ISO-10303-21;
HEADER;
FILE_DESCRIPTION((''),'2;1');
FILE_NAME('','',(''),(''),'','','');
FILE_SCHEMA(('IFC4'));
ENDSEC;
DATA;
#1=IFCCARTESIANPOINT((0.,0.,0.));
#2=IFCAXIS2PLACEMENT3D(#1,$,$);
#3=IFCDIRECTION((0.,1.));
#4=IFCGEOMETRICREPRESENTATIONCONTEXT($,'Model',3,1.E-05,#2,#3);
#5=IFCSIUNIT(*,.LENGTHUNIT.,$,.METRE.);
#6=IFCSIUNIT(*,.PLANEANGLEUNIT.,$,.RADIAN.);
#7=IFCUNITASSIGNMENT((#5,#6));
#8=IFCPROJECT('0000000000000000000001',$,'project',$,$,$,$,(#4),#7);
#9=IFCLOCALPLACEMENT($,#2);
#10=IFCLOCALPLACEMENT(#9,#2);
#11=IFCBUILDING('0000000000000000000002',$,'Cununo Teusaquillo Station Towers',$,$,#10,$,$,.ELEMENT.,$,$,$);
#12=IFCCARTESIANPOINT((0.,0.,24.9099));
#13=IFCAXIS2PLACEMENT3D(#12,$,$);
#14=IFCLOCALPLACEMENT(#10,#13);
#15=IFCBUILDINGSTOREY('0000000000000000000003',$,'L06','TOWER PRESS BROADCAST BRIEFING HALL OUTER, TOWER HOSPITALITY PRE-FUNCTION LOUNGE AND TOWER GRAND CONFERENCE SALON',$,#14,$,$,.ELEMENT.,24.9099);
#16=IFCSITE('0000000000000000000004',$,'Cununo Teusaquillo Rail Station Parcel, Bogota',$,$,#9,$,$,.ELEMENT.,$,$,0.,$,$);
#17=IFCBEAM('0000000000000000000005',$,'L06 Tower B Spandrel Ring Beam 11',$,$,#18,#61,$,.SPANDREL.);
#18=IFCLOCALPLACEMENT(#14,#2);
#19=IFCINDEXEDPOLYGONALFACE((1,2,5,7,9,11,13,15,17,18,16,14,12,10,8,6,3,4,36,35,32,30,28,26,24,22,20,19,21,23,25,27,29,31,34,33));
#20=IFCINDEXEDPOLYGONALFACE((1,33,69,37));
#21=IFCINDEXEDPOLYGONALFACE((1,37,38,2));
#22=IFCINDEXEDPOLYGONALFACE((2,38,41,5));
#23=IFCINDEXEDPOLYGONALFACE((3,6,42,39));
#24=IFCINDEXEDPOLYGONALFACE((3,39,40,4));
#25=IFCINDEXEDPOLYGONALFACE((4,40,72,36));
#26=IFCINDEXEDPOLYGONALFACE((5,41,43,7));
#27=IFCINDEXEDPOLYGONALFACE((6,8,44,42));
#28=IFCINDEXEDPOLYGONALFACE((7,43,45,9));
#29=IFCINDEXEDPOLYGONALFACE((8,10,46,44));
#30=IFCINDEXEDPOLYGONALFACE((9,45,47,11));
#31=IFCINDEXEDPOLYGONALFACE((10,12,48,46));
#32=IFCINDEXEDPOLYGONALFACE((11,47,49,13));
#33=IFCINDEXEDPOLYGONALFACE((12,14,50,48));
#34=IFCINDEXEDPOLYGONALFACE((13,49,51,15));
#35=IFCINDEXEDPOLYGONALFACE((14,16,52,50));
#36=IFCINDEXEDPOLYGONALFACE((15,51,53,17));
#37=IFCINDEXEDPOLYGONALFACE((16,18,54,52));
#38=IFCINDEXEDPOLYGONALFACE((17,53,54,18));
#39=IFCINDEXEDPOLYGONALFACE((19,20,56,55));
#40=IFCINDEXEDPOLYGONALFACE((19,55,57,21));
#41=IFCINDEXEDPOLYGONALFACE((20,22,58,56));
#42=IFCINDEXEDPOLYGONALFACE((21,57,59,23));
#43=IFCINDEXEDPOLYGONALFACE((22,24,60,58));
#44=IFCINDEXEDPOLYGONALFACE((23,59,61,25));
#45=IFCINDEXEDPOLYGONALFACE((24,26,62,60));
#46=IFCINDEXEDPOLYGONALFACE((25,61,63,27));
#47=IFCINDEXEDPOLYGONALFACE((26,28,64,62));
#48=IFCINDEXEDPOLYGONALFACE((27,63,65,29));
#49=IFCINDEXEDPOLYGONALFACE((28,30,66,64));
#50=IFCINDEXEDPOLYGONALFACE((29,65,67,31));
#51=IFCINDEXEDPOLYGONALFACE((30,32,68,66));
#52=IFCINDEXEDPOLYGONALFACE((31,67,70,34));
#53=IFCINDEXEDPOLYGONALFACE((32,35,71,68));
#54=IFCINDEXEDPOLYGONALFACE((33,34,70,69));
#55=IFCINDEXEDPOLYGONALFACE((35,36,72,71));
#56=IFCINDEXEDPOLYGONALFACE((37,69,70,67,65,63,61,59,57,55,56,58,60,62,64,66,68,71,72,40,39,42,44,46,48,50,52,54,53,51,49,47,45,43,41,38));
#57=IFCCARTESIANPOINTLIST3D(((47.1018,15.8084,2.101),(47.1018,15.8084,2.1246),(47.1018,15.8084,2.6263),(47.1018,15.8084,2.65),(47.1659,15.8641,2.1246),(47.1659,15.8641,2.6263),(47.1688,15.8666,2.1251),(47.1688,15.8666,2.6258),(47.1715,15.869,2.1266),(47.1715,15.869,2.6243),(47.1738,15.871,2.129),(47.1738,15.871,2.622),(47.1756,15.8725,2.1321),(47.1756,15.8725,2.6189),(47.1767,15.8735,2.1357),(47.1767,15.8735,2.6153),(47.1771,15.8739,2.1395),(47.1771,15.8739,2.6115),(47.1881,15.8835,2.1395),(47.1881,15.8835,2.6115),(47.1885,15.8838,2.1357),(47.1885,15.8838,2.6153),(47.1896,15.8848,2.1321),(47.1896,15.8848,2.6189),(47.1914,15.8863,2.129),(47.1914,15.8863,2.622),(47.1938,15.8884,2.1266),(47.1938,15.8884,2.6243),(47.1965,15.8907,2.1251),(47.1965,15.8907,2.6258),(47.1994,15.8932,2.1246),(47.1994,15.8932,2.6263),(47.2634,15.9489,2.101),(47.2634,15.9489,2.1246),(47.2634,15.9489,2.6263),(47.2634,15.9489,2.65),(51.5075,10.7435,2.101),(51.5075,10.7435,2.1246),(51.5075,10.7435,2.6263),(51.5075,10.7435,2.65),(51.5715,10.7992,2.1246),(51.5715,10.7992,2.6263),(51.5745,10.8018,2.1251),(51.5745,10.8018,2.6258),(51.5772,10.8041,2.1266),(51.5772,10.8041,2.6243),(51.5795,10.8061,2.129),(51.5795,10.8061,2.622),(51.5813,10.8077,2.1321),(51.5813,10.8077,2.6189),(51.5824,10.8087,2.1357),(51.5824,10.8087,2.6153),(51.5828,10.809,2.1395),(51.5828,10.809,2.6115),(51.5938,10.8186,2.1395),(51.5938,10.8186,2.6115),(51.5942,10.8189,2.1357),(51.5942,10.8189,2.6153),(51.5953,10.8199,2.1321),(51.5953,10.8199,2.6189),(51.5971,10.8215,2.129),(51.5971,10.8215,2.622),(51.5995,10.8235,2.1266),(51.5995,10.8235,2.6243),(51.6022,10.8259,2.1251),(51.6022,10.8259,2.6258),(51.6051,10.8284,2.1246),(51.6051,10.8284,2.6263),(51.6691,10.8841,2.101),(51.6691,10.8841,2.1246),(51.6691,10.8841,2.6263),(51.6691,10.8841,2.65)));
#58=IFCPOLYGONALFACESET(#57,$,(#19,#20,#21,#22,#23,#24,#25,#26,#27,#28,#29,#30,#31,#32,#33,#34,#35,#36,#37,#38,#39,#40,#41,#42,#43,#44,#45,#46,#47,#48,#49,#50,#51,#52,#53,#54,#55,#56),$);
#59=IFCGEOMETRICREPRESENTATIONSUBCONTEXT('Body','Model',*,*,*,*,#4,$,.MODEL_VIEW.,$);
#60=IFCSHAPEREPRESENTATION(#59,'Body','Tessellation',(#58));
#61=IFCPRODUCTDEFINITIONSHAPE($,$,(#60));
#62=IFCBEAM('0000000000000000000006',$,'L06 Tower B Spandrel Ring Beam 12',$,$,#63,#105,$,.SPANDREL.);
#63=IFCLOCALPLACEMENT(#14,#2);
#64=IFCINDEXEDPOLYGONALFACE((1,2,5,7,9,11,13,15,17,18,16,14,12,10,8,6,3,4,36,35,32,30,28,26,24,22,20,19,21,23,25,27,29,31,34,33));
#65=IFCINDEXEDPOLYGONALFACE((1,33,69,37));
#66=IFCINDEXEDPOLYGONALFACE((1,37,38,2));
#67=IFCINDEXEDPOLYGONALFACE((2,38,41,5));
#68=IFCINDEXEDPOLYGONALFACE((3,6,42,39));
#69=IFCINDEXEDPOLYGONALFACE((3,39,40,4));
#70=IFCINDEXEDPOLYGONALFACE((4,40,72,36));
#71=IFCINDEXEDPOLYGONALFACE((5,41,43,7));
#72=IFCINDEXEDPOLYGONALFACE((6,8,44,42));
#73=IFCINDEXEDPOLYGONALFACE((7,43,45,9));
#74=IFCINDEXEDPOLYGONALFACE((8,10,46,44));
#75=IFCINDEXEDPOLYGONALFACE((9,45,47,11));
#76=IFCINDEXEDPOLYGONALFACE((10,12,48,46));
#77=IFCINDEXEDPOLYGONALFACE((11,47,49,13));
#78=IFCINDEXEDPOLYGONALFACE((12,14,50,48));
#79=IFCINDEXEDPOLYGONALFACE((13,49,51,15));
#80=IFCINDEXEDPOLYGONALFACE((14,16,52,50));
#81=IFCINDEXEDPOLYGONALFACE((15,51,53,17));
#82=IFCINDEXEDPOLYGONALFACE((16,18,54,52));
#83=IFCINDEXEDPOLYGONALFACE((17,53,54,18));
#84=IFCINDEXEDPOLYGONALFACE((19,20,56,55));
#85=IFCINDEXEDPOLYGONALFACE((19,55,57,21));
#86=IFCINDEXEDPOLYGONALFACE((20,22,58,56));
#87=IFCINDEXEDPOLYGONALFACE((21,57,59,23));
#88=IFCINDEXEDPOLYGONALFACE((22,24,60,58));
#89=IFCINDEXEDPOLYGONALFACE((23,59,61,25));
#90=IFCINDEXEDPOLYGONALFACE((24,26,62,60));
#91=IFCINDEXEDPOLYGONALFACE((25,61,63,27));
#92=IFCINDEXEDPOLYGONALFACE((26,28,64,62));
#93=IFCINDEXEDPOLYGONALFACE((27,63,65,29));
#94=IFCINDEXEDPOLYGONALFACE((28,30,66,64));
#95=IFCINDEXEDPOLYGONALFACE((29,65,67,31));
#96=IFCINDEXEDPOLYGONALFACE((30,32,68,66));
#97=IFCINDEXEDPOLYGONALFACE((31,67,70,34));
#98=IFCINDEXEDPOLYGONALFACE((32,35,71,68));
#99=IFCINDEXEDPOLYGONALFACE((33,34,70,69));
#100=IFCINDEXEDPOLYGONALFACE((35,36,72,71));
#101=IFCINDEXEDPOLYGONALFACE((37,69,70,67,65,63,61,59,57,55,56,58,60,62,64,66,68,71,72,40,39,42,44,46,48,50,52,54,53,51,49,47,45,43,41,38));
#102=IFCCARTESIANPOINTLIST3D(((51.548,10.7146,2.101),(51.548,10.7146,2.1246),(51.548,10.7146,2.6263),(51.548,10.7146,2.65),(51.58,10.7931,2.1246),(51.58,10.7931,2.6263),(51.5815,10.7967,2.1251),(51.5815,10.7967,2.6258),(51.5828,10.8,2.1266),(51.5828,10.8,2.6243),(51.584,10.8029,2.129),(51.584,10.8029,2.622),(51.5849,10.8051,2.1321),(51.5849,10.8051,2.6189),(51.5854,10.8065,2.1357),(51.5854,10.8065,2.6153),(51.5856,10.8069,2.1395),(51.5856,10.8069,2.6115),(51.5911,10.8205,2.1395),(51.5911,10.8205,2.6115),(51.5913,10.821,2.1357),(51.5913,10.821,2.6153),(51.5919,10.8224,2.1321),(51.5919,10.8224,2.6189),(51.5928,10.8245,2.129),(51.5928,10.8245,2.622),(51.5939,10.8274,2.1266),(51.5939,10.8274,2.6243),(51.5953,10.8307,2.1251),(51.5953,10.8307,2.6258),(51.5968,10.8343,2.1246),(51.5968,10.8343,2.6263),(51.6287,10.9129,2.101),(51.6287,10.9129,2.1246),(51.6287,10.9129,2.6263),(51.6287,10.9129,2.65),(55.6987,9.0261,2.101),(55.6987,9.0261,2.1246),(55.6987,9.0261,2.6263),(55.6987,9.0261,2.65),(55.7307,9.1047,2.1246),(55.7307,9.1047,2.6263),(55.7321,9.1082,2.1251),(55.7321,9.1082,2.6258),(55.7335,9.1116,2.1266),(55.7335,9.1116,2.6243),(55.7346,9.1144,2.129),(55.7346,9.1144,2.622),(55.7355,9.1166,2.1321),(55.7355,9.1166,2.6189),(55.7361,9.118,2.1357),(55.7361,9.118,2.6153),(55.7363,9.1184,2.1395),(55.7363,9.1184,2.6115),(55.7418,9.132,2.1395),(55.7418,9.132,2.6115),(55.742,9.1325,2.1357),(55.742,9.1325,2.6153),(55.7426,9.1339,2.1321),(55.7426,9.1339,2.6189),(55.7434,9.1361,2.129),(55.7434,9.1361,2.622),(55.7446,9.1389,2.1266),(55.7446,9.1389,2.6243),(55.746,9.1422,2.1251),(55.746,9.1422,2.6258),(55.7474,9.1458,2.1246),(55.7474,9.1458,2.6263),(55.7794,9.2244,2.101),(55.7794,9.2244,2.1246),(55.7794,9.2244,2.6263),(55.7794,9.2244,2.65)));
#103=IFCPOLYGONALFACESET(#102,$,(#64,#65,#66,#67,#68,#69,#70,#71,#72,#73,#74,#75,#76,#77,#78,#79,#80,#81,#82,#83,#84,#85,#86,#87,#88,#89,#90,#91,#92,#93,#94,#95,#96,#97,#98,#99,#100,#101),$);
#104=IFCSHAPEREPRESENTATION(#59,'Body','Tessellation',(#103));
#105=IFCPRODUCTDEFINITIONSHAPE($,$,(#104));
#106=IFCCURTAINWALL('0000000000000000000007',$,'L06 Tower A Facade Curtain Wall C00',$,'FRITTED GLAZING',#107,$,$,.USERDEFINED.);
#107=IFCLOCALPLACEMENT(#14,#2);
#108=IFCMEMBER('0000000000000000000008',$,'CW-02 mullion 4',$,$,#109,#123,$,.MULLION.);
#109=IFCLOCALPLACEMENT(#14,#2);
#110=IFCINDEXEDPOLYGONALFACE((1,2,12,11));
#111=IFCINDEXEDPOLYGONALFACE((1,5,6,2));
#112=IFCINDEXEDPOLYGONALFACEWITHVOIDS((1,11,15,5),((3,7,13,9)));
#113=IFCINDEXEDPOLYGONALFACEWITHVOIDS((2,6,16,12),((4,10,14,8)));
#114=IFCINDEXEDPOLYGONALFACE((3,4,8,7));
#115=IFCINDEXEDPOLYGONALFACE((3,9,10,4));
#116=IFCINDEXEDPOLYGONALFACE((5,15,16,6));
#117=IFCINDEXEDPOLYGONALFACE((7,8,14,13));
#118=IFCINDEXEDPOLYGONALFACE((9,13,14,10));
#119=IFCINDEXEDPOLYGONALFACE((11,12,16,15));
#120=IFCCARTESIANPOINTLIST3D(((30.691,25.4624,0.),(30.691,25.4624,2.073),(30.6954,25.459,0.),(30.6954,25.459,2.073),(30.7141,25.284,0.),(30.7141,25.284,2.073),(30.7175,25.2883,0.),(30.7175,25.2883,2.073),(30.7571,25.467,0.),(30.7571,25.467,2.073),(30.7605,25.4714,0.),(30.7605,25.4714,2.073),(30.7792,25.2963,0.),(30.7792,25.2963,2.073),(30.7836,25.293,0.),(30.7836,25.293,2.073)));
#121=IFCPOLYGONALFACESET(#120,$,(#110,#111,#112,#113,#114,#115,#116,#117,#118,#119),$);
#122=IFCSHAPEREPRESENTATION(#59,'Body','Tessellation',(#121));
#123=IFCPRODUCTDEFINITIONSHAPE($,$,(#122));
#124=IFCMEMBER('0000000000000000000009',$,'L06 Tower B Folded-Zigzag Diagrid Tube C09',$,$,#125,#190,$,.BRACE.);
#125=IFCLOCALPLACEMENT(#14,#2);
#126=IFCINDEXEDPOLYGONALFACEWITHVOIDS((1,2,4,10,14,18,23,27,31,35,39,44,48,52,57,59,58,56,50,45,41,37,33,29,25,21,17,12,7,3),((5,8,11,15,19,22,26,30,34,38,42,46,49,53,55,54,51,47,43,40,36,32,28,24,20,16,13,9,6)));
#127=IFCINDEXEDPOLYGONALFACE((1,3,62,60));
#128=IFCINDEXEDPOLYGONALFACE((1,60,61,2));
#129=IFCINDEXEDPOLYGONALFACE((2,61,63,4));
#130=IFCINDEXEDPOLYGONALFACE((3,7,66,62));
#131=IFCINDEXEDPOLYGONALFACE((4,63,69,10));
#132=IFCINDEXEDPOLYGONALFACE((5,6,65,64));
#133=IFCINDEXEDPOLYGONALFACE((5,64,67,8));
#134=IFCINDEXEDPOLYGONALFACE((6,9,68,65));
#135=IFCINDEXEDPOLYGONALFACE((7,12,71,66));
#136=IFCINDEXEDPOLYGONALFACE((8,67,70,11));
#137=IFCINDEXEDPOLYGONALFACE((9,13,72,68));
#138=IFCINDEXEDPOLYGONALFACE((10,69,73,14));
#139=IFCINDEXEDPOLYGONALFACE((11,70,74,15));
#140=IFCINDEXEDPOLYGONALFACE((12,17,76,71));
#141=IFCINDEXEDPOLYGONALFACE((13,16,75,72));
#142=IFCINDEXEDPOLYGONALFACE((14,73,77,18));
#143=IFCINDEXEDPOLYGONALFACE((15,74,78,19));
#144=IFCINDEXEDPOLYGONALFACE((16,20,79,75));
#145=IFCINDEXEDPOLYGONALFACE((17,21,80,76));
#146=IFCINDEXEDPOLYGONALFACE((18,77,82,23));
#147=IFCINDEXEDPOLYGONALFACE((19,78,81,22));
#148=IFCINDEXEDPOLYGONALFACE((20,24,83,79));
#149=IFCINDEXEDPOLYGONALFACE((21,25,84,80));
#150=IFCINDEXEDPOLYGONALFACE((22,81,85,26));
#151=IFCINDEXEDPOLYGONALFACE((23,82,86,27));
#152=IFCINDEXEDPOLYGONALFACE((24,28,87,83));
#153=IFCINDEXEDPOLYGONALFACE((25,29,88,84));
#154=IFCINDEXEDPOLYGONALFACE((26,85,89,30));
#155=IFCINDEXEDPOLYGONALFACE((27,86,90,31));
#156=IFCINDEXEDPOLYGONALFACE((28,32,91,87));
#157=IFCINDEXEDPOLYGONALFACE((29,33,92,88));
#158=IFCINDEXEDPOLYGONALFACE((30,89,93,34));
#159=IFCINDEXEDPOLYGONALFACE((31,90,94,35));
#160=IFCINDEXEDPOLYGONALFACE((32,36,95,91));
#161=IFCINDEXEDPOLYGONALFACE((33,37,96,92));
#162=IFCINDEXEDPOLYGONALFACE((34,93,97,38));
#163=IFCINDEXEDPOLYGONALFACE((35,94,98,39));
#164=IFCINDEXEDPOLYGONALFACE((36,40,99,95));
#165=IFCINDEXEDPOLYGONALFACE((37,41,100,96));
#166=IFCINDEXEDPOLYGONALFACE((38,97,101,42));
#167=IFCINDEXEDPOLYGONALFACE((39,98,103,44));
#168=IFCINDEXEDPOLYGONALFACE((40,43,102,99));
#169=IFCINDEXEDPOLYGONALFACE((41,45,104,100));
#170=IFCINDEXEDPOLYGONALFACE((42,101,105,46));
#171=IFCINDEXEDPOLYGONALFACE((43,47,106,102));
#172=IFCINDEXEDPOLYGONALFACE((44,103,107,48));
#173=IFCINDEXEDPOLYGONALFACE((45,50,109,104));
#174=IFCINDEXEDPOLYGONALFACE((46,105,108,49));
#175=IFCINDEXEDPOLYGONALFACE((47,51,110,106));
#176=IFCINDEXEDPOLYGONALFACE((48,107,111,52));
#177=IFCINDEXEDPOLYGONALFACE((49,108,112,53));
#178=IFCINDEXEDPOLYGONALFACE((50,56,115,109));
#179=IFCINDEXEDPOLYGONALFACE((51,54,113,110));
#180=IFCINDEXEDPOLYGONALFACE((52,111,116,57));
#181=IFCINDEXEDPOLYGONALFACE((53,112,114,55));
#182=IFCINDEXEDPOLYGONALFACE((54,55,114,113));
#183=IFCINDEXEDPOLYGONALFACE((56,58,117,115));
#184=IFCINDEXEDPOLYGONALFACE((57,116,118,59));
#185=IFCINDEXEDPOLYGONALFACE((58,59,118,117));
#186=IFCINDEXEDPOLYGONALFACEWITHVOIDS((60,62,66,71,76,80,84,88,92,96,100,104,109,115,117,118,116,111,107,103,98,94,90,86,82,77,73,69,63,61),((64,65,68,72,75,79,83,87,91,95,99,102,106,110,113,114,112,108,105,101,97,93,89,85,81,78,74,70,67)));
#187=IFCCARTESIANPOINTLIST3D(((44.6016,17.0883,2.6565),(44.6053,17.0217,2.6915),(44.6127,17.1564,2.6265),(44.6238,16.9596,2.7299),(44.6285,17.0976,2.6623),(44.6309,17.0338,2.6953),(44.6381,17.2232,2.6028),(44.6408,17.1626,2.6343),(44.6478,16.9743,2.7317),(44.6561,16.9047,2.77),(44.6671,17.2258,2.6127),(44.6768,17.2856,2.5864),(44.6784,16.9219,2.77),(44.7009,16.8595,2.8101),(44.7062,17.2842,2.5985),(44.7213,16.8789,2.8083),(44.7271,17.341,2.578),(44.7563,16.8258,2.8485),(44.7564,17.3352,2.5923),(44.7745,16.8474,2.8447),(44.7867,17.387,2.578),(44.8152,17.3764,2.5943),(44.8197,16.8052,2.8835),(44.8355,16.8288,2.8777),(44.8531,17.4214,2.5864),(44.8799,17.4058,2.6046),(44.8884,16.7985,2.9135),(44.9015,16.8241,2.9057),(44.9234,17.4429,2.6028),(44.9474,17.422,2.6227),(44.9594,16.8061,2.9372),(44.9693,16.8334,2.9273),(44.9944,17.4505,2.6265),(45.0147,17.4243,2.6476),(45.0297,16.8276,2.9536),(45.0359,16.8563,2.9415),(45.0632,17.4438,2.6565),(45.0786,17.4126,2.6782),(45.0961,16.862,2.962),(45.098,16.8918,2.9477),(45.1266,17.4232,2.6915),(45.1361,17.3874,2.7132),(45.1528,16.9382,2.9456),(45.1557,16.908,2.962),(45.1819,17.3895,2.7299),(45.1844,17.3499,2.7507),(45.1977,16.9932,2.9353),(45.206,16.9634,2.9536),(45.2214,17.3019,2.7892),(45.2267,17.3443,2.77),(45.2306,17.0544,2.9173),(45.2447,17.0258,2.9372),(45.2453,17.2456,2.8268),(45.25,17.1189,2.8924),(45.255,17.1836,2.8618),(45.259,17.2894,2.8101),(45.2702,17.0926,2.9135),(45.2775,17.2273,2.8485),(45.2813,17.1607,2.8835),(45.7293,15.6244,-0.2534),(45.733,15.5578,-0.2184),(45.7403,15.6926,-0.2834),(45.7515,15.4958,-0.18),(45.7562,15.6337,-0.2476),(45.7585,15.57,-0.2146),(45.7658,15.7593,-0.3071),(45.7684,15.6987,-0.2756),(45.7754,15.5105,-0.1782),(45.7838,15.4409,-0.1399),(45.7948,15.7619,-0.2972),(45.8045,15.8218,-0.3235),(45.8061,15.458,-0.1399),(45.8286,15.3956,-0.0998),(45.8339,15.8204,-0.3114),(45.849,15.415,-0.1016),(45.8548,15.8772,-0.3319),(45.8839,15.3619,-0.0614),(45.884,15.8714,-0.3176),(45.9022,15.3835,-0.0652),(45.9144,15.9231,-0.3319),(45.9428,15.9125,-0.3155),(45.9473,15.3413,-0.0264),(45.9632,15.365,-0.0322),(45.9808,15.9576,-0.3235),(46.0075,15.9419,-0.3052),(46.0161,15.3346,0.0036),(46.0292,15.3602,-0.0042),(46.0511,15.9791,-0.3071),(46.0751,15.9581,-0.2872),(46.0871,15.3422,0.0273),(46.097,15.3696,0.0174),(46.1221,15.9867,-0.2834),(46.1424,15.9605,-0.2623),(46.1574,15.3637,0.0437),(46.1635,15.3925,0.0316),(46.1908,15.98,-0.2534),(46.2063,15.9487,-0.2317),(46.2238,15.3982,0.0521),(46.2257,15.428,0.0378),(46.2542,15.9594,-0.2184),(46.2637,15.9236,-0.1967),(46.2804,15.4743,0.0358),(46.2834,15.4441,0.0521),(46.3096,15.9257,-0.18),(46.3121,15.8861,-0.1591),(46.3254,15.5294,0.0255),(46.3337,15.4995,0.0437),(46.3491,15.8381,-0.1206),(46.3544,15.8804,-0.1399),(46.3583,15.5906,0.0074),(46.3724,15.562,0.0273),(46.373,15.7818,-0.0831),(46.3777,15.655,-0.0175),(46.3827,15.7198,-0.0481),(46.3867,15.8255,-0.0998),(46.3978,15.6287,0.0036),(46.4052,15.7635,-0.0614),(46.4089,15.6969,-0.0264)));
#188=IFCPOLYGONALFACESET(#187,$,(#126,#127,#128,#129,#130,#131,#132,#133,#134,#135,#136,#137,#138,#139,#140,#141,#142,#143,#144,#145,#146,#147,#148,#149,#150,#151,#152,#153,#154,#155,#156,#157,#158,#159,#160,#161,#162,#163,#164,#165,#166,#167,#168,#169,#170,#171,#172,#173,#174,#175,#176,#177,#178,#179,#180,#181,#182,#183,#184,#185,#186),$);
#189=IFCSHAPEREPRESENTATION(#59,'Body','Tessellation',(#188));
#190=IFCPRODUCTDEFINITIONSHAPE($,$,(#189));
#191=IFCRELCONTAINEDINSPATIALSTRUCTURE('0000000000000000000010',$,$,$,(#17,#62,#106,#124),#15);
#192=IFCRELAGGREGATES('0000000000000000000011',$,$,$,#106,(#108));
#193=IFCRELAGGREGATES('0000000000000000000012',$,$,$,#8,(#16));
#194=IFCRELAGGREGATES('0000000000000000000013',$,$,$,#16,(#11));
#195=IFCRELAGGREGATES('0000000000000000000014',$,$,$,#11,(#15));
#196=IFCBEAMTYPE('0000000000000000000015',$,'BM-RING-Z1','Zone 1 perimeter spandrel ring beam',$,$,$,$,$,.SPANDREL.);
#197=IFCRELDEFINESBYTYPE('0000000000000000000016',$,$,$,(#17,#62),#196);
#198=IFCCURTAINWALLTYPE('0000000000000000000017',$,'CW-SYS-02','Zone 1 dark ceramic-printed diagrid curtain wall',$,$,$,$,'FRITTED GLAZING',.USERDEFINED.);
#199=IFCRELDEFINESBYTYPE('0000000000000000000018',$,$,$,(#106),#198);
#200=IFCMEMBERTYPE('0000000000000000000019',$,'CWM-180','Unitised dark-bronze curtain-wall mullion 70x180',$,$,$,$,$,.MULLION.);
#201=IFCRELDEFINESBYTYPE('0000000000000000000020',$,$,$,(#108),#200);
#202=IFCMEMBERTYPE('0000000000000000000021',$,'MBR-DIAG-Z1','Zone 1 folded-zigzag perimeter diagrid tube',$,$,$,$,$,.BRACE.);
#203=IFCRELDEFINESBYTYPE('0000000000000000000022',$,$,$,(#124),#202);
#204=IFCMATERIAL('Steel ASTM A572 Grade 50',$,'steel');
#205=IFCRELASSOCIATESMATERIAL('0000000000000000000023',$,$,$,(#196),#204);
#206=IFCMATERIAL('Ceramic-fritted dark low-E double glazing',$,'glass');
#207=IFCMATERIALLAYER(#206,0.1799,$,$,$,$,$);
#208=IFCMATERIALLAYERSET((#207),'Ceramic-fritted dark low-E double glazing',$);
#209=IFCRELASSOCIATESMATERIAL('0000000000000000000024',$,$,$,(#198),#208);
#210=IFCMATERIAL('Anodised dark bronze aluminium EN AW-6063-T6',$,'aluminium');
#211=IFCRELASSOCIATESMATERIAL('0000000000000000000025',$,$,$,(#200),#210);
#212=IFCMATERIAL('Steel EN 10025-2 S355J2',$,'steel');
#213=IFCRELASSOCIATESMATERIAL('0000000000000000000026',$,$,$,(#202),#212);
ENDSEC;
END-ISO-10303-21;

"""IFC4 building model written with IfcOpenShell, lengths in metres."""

from ifc_helpers import new_model, si_unit, direction, frame, origin, origin_2d, place, context, subcontext, project, spatial, hollow_rectangle, hollow_circle, i_section, extrude, material, layer, layer_set, material_profile, profile_set, type_object, element, aggregate, save


model = new_model("IFC4")

# Units and contexts
model_context = context("Model", 3, precision=1e-05, world=origin(), true_north=direction((0.0, 1.0)))
body_context = subcontext(model_context, "Body", "Model", "MODEL_VIEW")
ifc_project = project(units=[si_unit("LENGTHUNIT", "METRE"), si_unit("PLANEANGLEUNIT", "RADIAN")], contexts=[model_context])

# Site, building, storey
site_placement = place(None, origin())
site = spatial("IfcSite", under=ifc_project, at=site_placement, Name="Cununo Teusaquillo Rail Station Parcel, Bogota", CompositionType="ELEMENT", RefElevation=0.0)
building_placement = place(site_placement, origin())
building = spatial("IfcBuilding", under=site, at=building_placement, Name="Cununo Teusaquillo Station Towers", CompositionType="ELEMENT")
storey_placement = place(building_placement, frame((0.0, 0.0, 24.9099)))
storey = spatial("IfcBuildingStorey", under=building, at=storey_placement, Name="L06", Description="TOWER PRESS BROADCAST BRIEFING HALL OUTER, TOWER HOSPITALITY PRE-FUNCTION LOUNGE AND TOWER GRAND CONFERENCE SALON", CompositionType="ELEMENT", Elevation=24.9099)

# Beams
ifc_material_1 = material(Name="Steel ASTM A572 Grade 50", Category="steel")
ifc_material_profile_1 = material_profile(ifc_material_1, i_section(OverallWidth=0.2141, OverallDepth=0.5491, WebThickness=0.0146, FlangeThickness=0.0237, FilletRadius=0.0149, at=origin_2d()), Name="W21X93")
ifc_profile_set_1 = profile_set([ifc_material_profile_1], Name="Steel ASTM A572 Grade 50")
beam_type_1 = type_object("IfcBeamType", Name="BM-RING-Z1", Description="Zone 1 perimeter spandrel ring beam", PredefinedType="SPANDREL", material=ifc_profile_set_1)
beam_1_placement = place(storey_placement, frame((47.1826, 15.8787, 2.3755), z_axis=(0.656303, -0.754497, 0.0), x_axis=(0.754497, 0.656303, 0.0)))
element("IfcBeam", 1, at=beam_1_placement, inside=storey, type_object=beam_type_1, Name="L06 Tower B Spandrel Ring Beam 11", PredefinedType="SPANDREL", context=body_context, shape_type="SweptSolid", body=[
    extrude(i_section(OverallWidth=0.2141, OverallDepth=0.5491, WebThickness=0.0146, FlangeThickness=0.0237, FilletRadius=0.0149, at=origin_2d()), origin(), (0.0, 0.0, 1.0), 6.7129),
])
beam_2_placement = place(storey_placement, frame((51.5884, 10.8137, 2.3755), z_axis=(0.926289, -0.376814, 0.0), x_axis=(0.376814, 0.926289, 0.0)))
element("IfcBeam", 2, at=beam_2_placement, inside=storey, type_object=beam_type_1, Name="L06 Tower B Spandrel Ring Beam 12", PredefinedType="SPANDREL", context=body_context, shape_type="SweptSolid", body=[
    extrude(i_section(OverallWidth=0.2141, OverallDepth=0.5491, WebThickness=0.0146, FlangeThickness=0.0237, FilletRadius=0.0149, at=origin_2d()), origin(), (0.0, 0.0, 1.0), 4.481),
])

# Curtain wall, member
ifc_material_2 = material(Name="Ceramic-fritted dark low-E double glazing", Category="glass")
ifc_layer_1 = layer(ifc_material_2, 0.1799)
ifc_layer_set_1 = layer_set([ifc_layer_1], Name="Ceramic-fritted dark low-E double glazing")
curtain_wall_type = type_object("IfcCurtainWallType", Name="CW-SYS-02", Description="Zone 1 dark ceramic-printed diagrid curtain wall", ElementType="FRITTED GLAZING", PredefinedType="USERDEFINED", material=ifc_layer_set_1)
curtain_wall_placement = place(storey_placement, origin())
curtain_wall = element("IfcCurtainWall", 3, at=curtain_wall_placement, inside=storey, type_object=curtain_wall_type, Name="L06 Tower A Facade Curtain Wall C00", ObjectType="FRITTED GLAZING", PredefinedType="USERDEFINED")
ifc_material_3 = material(Name="Anodised dark bronze aluminium EN AW-6063-T6", Category="aluminium")
ifc_material_profile_2 = material_profile(ifc_material_3, hollow_rectangle(XDim=0.0701, YDim=0.1799, WallThickness=0.0039, at=origin_2d()), Name="CW-MULL-70x180")
ifc_profile_set_2 = profile_set([ifc_material_profile_2], Name="Anodised dark bronze aluminium EN AW-6063-T6")
member_type_1 = type_object("IfcMemberType", Name="CWM-180", Description="Unitised dark-bronze curtain-wall mullion 70x180", PredefinedType="MULLION", material=ifc_profile_set_2)
member_1_placement = place(storey_placement, frame((30.7373, 25.3777, 0.0), z_axis=(0.0, 0.0, 1.0), x_axis=(0.991736, 0.128292, 0.0)))
member_1 = element("IfcMember", 4, at=member_1_placement, type_object=member_type_1, Name="CW-02 mullion 4", PredefinedType="MULLION", context=body_context, shape_type="SweptSolid", body=[
    extrude(hollow_rectangle(XDim=0.0701, YDim=0.1799, WallThickness=0.0039, at=origin_2d()), origin(), (0.0, 0.0, 1.0), 2.073),
])
aggregate(curtain_wall, [member_1])

# Member
ifc_material_4 = material(Name="Steel EN 10025-2 S355J2", Category="steel")
ifc_material_profile_3 = material_profile(ifc_material_4, hollow_circle(Radius=0.3601, WallThickness=0.0281, at=origin_2d()), Name="CHS 720x28")
ifc_profile_set_3 = profile_set([ifc_material_profile_3], Name="Steel EN 10025-2 S355J2")
member_type_2 = type_object("IfcMemberType", Name="MBR-DIAG-Z1", Description="Zone 1 folded-zigzag perimeter diagrid tube", PredefinedType="BRACE", material=ifc_profile_set_3)
member_2_placement = place(storey_placement, frame((46.0691, 15.6606, -0.1399), z_axis=(-0.327145, 0.424672, 0.844174), x_axis=(-0.792196, -0.610266, 0.0)))
element("IfcMember", 5, at=member_2_placement, inside=storey, type_object=member_type_2, Name="L06 Tower B Folded-Zigzag Diagrid Tube C09", PredefinedType="BRACE", context=body_context, shape_type="SweptSolid", body=[
    extrude(hollow_circle(Radius=0.3601, WallThickness=0.0281, at=origin_2d()), origin(), (0.0, 0.0, 1.0), 3.447),
])

save(model, "model.ifc")
